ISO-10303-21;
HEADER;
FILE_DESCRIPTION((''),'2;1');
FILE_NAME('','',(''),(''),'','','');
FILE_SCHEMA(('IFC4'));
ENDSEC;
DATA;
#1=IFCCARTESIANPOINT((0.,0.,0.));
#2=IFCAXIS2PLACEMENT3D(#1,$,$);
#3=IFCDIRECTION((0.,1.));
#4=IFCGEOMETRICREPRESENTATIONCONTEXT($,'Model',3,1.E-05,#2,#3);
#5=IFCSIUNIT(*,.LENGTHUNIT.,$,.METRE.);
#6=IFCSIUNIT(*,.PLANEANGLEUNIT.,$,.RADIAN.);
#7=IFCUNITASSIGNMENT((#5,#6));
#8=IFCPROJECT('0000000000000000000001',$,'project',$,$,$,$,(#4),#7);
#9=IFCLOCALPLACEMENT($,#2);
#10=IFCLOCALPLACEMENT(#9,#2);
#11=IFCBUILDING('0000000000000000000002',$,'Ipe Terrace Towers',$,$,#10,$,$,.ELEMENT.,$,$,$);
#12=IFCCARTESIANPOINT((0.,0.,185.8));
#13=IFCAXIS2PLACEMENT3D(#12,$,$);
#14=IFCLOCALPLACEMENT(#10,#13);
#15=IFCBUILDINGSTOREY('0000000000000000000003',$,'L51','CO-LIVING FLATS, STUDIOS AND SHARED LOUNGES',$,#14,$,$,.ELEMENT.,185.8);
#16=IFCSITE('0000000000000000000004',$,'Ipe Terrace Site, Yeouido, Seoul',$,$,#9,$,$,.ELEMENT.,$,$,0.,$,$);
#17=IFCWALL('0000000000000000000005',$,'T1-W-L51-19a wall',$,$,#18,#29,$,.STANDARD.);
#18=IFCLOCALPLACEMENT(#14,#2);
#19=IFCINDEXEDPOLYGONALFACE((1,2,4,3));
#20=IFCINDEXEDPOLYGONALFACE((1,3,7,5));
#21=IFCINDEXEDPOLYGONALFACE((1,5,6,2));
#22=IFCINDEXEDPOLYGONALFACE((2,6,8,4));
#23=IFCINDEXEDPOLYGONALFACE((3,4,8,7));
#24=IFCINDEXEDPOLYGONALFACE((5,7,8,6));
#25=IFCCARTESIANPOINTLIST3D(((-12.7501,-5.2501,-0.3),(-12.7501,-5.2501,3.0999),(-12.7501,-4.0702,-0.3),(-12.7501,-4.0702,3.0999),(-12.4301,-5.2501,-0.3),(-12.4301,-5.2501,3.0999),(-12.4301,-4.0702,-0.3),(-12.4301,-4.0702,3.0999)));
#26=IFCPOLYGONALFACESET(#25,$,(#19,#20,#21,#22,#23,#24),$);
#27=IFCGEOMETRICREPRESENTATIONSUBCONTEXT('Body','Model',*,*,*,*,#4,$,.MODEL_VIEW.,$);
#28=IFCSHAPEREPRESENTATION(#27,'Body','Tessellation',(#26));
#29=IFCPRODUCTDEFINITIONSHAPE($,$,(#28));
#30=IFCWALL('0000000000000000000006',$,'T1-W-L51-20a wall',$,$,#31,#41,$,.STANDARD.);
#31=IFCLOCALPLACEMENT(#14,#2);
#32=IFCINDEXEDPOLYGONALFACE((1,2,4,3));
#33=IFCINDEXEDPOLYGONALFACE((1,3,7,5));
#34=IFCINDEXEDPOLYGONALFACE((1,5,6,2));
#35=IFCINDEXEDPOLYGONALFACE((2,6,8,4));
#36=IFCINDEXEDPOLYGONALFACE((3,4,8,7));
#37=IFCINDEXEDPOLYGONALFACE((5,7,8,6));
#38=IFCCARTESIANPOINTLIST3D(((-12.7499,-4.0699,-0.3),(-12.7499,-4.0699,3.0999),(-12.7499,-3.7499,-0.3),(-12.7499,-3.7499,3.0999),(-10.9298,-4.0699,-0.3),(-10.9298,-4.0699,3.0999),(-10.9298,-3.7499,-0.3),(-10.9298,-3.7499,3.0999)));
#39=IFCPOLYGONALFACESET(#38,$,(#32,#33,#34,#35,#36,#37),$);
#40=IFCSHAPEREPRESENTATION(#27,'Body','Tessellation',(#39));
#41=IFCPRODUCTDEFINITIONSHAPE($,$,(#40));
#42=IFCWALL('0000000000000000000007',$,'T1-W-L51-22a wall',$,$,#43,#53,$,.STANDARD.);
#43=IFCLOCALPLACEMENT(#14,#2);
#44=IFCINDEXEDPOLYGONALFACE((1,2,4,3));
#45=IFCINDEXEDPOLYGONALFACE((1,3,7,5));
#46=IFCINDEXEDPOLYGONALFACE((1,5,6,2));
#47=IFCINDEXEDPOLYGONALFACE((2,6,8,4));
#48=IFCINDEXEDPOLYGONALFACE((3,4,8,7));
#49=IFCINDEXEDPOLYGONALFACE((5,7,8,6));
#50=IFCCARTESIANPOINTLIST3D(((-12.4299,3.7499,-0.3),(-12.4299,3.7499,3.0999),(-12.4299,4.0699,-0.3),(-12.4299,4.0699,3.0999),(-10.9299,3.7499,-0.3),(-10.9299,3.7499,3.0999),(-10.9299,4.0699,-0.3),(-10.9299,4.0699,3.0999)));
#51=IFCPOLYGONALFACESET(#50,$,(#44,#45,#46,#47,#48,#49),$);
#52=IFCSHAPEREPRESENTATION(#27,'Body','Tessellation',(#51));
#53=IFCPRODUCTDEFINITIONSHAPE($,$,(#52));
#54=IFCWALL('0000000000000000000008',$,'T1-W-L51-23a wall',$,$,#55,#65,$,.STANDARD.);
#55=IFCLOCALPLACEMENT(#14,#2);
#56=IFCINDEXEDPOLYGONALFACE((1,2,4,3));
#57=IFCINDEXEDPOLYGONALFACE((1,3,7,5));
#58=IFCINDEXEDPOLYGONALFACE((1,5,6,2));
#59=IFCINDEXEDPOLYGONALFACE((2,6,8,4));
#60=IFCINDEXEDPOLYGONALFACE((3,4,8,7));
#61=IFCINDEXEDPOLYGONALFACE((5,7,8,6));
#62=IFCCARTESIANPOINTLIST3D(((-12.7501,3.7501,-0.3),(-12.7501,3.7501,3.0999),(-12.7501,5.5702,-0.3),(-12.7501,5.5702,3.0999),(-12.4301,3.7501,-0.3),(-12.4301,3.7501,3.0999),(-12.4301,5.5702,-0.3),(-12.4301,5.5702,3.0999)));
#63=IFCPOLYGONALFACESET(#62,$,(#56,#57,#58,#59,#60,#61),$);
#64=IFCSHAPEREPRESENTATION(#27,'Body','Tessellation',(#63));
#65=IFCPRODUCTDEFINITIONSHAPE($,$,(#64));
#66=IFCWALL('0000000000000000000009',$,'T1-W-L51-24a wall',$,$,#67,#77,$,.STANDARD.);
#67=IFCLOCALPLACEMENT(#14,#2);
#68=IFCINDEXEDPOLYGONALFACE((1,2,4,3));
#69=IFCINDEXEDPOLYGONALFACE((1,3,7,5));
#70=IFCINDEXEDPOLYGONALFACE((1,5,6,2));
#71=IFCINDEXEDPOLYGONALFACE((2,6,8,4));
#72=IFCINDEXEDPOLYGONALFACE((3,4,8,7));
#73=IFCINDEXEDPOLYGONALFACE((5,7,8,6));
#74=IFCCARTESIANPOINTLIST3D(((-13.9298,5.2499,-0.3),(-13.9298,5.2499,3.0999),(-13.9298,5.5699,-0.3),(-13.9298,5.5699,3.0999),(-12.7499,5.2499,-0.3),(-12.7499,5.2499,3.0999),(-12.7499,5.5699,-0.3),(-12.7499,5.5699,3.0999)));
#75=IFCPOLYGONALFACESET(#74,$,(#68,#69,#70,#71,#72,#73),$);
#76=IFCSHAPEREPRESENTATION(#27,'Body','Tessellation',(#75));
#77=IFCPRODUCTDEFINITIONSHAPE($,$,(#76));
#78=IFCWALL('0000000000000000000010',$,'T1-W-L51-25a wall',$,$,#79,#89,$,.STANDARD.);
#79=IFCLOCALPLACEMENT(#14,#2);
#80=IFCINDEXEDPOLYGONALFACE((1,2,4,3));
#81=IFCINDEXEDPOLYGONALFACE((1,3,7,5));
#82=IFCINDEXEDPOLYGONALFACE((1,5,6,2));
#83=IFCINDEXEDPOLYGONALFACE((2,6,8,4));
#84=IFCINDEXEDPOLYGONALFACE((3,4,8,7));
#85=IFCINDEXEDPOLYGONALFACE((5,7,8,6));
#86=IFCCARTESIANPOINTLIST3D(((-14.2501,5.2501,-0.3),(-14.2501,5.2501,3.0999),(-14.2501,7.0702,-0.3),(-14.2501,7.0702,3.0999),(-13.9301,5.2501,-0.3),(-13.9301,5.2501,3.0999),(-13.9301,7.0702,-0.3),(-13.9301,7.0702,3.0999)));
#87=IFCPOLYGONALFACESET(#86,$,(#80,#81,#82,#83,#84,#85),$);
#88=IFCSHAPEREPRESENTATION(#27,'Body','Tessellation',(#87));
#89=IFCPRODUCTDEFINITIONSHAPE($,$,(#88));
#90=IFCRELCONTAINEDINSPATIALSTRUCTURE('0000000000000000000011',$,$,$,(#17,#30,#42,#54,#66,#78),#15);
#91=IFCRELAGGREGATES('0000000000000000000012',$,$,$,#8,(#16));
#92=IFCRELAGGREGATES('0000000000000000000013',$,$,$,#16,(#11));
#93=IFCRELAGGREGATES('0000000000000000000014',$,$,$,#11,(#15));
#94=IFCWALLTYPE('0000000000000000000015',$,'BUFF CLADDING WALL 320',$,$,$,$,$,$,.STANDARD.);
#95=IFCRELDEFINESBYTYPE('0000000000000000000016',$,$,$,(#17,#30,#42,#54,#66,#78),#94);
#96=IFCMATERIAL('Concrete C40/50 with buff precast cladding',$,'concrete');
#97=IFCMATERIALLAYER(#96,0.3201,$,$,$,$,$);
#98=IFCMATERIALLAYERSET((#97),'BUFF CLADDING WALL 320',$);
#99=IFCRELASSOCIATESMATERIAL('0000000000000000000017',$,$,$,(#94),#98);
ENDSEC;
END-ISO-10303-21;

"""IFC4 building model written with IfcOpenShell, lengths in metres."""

from ifc_helpers import new_model, si_unit, direction, frame, frame_2d, origin, place, context, subcontext, project, spatial, rectangle, extrude, material, layer, layer_set, type_object, element, save


model = new_model("IFC4")

# Units and contexts
model_context = context("Model", 3, precision=1e-05, world=origin(), true_north=direction((0.0, 1.0)))
body_context = subcontext(model_context, "Body", "Model", "MODEL_VIEW")
ifc_project = project(units=[si_unit("LENGTHUNIT", "METRE"), si_unit("PLANEANGLEUNIT", "RADIAN")], contexts=[model_context])

# Site, building, storey
site_placement = place(None, origin())
site = spatial("IfcSite", under=ifc_project, at=site_placement, Name="Ipe Terrace Site, Yeouido, Seoul", CompositionType="ELEMENT", RefElevation=0.0)
building_placement = place(site_placement, origin())
building = spatial("IfcBuilding", under=site, at=building_placement, Name="Ipe Terrace Towers", CompositionType="ELEMENT")
storey_placement = place(building_placement, frame((0.0, 0.0, 185.8)))
storey = spatial("IfcBuildingStorey", under=building, at=storey_placement, Name="L51", Description="CO-LIVING FLATS, STUDIOS AND SHARED LOUNGES", CompositionType="ELEMENT", Elevation=185.8)

# Walls
ifc_material_1 = material(Name="Concrete C40/50 with buff precast cladding", Category="concrete")
ifc_layer_1 = layer(ifc_material_1, 0.3201)
ifc_layer_set_1 = layer_set([ifc_layer_1], Name="BUFF CLADDING WALL 320")
wall_type = type_object("IfcWallType", Name="BUFF CLADDING WALL 320", PredefinedType="STANDARD", material=ifc_layer_set_1)
wall_1_placement = place(storey_placement, frame((-12.5901, -5.25, -0.3), z_axis=(0.0, 0.0, 1.0), x_axis=(0.0, 1.0, 0.0)))
element("IfcWall", 1, at=wall_1_placement, inside=storey, type_object=wall_type, Name="T1-W-L51-19a wall", PredefinedType="STANDARD", context=body_context, shape_type="SweptSolid", body=[
    extrude(rectangle(XDim=1.1799, YDim=0.3201, at=frame_2d((0.5898, 0.0))), origin(), (0.0, 0.0, 1.0), 3.3999),
])
wall_2_placement = place(storey_placement, frame((-12.75, -3.9099, -0.3), z_axis=(0.0, 0.0, 1.0), x_axis=(1.0, 0.0, 0.0)))
element("IfcWall", 2, at=wall_2_placement, inside=storey, type_object=wall_type, Name="T1-W-L51-20a wall", PredefinedType="STANDARD", context=body_context, shape_type="SweptSolid", body=[
    extrude(rectangle(XDim=1.8201, YDim=0.3201, at=frame_2d((0.9102, 0.0))), origin(), (0.0, 0.0, 1.0), 3.3999),
])
wall_3_placement = place(storey_placement, frame((-10.9299, 3.9099, -0.3), z_axis=(0.0, 0.0, 1.0), x_axis=(-1.0, 0.0, 0.0)))
element("IfcWall", 3, at=wall_3_placement, inside=storey, type_object=wall_type, Name="T1-W-L51-22a wall", PredefinedType="STANDARD", context=body_context, shape_type="SweptSolid", body=[
    extrude(rectangle(XDim=1.5, YDim=0.3201, at=frame_2d((0.75, 0.0))), origin(), (0.0, 0.0, 1.0), 3.3999),
])
wall_4_placement = place(storey_placement, frame((-12.5901, 3.75, -0.3), z_axis=(0.0, 0.0, 1.0), x_axis=(0.0, 1.0, 0.0)))
element("IfcWall", 4, at=wall_4_placement, inside=storey, type_object=wall_type, Name="T1-W-L51-23a wall", PredefinedType="STANDARD", context=body_context, shape_type="SweptSolid", body=[
    extrude(rectangle(XDim=1.8201, YDim=0.3201, at=frame_2d((0.9102, 0.0))), origin(), (0.0, 0.0, 1.0), 3.3999),
])
wall_5_placement = place(storey_placement, frame((-12.75, 5.4099, -0.3), z_axis=(0.0, 0.0, 1.0), x_axis=(-1.0, 0.0, 0.0)))
element("IfcWall", 5, at=wall_5_placement, inside=storey, type_object=wall_type, Name="T1-W-L51-24a wall", PredefinedType="STANDARD", context=body_context, shape_type="SweptSolid", body=[
    extrude(rectangle(XDim=1.1799, YDim=0.3201, at=frame_2d((0.5898, 0.0))), origin(), (0.0, 0.0, 1.0), 3.3999),
])
wall_6_placement = place(storey_placement, frame((-14.0901, 5.25, -0.3), z_axis=(0.0, 0.0, 1.0), x_axis=(0.0, 1.0, 0.0)))
element("IfcWall", 6, at=wall_6_placement, inside=storey, type_object=wall_type, Name="T1-W-L51-25a wall", PredefinedType="STANDARD", context=body_context, shape_type="SweptSolid", body=[
    extrude(rectangle(XDim=1.8201, YDim=0.3201, at=frame_2d((0.9102, 0.0))), origin(), (0.0, 0.0, 1.0), 3.3999),
])

save(model, "model.ifc")
